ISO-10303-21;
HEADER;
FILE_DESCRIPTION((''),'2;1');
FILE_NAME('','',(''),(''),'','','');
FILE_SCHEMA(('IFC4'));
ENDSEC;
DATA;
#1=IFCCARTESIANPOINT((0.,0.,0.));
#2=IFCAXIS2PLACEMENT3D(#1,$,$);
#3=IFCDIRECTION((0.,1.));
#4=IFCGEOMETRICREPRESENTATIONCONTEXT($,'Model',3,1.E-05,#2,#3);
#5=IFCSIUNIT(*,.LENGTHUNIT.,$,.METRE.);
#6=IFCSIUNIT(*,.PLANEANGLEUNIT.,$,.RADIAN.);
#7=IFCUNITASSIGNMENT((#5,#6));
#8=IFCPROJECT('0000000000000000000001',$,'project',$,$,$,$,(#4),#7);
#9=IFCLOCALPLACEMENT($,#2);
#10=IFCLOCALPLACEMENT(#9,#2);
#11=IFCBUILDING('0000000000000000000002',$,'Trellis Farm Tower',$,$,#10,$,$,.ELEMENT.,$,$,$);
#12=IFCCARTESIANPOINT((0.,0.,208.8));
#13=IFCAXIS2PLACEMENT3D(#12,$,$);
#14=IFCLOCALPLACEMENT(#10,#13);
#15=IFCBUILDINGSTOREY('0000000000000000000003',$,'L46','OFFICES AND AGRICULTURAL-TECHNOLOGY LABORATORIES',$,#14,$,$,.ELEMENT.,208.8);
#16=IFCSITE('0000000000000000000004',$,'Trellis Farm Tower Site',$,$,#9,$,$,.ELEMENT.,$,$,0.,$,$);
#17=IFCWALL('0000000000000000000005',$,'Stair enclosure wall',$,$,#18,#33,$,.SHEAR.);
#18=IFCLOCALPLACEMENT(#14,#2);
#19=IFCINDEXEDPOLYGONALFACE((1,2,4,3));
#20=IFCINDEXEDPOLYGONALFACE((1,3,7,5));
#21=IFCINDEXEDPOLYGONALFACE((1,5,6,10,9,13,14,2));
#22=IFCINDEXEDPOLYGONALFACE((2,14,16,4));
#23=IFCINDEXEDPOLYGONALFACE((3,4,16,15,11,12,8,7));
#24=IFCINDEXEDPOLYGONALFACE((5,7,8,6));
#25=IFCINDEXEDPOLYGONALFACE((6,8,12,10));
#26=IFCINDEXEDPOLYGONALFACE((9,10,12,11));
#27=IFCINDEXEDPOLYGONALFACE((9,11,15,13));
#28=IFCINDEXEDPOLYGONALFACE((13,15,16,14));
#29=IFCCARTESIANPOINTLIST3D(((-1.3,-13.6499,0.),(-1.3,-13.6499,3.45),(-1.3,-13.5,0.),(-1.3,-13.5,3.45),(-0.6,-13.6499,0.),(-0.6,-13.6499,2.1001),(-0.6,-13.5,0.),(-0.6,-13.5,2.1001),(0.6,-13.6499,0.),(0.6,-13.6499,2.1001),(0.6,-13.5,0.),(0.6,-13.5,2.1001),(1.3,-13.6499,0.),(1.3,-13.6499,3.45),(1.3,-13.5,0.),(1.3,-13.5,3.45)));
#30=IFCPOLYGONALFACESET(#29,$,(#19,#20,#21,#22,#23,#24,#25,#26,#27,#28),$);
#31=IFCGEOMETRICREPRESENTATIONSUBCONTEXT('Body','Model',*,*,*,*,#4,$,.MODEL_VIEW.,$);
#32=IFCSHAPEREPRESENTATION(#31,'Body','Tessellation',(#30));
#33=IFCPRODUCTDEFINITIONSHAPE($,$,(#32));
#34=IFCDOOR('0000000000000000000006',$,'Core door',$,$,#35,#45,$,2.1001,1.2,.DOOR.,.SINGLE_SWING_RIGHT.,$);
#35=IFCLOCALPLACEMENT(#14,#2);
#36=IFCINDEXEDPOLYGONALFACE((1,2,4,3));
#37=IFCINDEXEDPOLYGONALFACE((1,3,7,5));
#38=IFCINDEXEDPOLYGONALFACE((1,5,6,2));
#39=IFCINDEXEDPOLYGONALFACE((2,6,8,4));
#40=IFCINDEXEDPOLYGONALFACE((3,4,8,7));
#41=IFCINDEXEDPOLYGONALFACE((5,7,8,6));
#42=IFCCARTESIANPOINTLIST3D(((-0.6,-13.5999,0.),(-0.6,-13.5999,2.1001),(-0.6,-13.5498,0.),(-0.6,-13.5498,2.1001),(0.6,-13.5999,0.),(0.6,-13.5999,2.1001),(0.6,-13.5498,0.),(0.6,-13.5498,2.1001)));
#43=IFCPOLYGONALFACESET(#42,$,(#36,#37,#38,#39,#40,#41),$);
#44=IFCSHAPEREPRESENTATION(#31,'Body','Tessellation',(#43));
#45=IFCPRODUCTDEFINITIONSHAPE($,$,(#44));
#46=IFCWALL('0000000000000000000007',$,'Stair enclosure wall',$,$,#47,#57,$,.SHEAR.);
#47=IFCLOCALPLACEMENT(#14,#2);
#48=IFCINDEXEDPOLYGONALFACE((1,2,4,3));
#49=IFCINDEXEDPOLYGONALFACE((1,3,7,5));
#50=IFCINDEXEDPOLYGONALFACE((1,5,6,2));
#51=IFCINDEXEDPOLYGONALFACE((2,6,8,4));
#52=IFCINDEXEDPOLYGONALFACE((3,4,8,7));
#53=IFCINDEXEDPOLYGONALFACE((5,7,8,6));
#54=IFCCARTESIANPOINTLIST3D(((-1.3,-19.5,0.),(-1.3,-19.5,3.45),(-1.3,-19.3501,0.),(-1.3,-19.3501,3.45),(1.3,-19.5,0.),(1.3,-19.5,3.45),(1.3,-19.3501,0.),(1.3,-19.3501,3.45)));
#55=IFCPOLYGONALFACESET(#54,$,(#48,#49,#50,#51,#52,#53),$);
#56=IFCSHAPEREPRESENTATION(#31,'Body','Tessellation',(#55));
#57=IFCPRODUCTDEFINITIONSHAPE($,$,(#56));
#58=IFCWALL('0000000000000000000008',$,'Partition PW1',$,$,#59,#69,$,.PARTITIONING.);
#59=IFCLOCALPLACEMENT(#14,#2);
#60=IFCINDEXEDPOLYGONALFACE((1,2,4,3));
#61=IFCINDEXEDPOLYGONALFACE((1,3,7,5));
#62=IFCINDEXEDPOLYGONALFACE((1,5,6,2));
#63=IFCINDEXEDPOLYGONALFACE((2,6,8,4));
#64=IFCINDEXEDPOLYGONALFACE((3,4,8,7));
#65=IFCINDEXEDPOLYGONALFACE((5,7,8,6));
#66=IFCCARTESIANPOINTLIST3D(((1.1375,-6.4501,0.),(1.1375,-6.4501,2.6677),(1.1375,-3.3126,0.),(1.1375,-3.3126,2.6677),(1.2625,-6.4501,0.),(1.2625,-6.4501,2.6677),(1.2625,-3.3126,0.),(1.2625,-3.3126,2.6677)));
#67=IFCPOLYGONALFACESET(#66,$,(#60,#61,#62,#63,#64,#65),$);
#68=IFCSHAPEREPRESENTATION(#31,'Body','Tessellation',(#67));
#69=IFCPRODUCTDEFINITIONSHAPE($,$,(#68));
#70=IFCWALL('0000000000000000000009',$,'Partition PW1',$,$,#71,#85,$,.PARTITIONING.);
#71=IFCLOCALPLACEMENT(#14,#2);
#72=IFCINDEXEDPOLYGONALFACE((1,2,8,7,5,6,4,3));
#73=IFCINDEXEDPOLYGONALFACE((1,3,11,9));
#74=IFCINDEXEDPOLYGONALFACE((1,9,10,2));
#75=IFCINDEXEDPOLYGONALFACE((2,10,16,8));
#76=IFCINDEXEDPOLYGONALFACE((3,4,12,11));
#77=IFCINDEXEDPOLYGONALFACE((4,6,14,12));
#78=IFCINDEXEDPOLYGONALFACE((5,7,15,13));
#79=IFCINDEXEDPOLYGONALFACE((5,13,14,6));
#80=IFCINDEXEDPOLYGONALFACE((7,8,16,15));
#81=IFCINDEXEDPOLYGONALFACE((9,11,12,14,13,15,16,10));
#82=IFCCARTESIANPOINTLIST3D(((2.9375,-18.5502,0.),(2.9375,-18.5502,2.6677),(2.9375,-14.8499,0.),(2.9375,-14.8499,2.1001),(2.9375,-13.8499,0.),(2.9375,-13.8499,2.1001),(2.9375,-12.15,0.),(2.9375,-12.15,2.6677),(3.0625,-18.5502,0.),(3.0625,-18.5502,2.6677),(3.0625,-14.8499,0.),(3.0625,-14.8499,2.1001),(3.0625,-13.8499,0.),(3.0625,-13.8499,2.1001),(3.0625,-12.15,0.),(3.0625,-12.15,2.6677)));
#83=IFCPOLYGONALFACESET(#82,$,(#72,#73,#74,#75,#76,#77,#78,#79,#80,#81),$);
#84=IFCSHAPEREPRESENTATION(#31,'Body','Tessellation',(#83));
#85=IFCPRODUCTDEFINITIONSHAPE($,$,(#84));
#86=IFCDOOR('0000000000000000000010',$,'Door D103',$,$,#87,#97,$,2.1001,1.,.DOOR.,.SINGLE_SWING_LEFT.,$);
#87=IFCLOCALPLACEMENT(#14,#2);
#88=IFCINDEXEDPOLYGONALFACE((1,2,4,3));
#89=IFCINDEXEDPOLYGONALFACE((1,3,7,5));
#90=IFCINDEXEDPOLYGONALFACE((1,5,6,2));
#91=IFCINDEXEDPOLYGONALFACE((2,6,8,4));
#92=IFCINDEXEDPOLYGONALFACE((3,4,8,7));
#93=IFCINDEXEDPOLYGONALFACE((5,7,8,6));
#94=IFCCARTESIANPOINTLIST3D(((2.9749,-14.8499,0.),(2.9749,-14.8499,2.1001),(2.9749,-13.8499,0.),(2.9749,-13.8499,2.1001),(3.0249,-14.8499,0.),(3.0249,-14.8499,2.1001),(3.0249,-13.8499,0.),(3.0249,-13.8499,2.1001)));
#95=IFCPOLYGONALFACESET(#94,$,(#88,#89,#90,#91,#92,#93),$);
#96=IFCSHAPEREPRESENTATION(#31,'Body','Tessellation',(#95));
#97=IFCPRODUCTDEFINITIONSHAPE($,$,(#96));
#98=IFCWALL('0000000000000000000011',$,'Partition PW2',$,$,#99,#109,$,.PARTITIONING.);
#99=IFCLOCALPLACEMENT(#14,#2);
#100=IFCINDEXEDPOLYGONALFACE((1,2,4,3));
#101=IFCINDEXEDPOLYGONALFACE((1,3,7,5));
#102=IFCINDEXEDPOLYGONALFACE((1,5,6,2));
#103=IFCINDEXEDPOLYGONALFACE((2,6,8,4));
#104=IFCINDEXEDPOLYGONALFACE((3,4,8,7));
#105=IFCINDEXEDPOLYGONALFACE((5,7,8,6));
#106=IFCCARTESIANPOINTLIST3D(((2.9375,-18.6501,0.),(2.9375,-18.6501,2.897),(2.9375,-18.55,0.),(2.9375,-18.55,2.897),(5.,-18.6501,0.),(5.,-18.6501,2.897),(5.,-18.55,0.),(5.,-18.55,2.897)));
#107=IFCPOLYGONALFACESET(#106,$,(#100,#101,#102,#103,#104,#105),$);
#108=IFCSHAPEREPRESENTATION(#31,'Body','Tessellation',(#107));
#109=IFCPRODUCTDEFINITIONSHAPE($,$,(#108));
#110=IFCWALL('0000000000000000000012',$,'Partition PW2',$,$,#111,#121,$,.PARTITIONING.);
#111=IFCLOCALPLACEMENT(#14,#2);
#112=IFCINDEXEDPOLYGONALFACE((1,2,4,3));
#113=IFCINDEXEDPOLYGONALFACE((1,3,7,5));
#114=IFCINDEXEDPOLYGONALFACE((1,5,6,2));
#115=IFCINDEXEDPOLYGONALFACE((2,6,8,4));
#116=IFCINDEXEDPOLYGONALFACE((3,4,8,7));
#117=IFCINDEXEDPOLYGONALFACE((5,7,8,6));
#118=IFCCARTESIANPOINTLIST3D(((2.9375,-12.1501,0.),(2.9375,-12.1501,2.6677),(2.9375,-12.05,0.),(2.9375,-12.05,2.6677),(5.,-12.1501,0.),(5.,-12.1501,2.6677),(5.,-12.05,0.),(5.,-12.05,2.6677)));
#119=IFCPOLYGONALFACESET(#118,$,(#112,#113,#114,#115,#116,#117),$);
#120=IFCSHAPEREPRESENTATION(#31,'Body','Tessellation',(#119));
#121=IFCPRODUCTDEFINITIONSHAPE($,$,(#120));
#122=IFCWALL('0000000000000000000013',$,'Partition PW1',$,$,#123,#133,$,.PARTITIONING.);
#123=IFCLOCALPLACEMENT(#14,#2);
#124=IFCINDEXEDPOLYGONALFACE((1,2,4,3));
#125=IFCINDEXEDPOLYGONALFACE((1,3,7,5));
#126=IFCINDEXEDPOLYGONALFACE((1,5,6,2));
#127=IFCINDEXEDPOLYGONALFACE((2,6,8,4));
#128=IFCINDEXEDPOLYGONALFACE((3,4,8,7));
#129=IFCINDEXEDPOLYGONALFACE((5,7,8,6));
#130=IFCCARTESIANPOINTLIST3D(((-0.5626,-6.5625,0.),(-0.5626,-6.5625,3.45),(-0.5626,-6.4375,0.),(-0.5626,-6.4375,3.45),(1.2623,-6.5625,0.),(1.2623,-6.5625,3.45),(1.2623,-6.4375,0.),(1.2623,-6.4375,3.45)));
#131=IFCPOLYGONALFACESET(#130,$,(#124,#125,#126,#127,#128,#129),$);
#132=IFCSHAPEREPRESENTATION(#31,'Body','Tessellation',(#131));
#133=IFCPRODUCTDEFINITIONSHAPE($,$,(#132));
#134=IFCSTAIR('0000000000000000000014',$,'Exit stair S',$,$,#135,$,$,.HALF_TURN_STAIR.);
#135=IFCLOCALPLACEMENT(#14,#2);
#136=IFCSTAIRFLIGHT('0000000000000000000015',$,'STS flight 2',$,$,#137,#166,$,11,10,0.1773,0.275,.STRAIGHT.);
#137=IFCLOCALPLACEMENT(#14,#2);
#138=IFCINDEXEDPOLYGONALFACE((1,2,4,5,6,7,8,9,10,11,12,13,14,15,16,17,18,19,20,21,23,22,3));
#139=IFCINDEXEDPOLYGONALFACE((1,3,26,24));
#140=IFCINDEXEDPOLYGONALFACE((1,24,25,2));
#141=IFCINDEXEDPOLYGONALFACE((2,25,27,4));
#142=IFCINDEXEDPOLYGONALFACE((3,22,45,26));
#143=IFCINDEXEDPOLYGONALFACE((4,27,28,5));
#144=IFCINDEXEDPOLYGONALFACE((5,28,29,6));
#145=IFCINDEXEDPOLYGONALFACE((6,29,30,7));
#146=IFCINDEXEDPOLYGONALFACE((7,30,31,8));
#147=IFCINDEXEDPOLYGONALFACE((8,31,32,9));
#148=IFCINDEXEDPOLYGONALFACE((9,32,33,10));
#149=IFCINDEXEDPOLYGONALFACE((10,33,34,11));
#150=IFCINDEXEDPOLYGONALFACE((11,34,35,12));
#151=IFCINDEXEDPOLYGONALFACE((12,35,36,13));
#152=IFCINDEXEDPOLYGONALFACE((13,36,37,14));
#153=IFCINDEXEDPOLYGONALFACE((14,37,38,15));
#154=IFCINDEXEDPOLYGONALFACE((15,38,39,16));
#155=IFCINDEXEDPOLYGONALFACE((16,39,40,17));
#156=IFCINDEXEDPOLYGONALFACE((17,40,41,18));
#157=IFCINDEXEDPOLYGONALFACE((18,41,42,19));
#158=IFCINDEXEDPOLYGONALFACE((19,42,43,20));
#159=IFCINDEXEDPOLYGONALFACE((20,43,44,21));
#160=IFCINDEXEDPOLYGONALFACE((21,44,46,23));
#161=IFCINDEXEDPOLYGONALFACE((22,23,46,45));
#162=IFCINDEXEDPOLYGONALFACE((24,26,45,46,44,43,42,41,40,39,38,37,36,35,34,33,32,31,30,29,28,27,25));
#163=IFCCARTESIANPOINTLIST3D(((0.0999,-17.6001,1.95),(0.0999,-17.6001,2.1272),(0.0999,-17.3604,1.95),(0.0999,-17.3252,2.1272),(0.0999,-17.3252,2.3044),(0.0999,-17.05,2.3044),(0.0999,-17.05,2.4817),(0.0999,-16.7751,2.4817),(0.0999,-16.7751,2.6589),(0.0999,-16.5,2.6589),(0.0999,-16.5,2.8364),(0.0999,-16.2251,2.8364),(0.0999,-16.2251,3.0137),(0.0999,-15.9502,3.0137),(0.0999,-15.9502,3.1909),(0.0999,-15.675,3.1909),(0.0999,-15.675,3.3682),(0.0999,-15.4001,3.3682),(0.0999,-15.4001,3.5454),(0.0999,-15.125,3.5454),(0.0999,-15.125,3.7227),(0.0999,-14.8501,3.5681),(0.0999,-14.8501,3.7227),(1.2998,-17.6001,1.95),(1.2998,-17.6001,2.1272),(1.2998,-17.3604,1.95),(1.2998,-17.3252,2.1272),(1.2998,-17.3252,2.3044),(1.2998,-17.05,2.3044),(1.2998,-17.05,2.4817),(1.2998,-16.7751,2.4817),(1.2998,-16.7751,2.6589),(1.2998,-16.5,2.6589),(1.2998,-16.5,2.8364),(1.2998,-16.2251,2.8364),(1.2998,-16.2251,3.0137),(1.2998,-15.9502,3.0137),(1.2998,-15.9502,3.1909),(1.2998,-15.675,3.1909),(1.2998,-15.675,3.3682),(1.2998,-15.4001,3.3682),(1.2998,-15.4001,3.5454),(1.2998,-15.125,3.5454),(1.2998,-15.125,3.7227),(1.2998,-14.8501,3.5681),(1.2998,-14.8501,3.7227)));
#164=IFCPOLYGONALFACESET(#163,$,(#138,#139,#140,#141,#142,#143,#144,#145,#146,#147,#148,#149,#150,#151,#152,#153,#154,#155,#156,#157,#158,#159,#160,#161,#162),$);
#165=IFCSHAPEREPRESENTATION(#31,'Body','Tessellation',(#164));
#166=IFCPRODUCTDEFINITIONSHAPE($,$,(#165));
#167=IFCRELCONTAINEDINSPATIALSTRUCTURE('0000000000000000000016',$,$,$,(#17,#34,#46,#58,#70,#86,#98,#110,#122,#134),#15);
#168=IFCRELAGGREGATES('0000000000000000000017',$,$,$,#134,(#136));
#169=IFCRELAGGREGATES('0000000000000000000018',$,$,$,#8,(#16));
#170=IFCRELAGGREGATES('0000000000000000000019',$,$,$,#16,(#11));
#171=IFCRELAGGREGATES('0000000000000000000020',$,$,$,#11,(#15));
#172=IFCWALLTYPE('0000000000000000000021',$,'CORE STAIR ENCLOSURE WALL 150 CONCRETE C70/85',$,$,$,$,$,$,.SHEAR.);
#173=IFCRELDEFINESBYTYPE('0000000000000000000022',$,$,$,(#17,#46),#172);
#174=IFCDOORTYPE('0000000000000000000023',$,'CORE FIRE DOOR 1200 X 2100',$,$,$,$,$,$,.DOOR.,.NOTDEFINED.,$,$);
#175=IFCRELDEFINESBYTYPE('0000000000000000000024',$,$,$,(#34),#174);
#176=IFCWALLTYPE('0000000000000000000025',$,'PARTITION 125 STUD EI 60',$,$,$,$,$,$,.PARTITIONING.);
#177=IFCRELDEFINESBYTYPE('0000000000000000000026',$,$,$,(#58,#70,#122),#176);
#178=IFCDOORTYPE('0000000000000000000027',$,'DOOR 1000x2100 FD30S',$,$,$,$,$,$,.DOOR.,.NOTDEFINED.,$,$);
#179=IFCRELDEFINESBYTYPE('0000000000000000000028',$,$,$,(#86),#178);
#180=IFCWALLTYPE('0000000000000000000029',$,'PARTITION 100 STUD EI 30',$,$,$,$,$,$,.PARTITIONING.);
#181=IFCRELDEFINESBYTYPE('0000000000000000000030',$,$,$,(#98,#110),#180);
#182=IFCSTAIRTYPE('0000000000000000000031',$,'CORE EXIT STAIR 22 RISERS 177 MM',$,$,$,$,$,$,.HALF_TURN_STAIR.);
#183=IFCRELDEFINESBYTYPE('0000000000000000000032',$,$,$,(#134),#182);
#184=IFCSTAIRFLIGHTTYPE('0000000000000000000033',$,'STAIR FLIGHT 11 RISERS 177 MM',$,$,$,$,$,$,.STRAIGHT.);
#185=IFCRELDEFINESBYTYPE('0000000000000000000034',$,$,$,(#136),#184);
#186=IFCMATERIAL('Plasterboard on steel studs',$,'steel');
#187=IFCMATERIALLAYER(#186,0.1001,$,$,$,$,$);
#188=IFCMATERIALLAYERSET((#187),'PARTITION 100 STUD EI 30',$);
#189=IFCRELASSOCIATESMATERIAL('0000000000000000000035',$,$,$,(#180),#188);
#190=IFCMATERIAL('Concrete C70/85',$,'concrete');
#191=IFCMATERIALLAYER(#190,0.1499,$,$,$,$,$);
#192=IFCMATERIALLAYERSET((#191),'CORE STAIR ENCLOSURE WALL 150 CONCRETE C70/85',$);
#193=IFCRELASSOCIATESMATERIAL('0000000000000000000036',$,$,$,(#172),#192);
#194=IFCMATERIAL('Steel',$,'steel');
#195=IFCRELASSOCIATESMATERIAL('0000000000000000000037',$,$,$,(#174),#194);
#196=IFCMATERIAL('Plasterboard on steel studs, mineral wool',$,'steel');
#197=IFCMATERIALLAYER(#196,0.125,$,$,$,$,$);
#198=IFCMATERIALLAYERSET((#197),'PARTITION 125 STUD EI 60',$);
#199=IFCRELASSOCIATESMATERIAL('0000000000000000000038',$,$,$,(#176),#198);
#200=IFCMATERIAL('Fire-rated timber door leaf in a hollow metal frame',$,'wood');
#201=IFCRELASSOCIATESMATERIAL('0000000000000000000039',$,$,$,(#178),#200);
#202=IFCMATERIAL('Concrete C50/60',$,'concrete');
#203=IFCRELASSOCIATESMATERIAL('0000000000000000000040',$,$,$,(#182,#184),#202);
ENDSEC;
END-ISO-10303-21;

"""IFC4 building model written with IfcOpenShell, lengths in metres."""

from ifc_helpers import new_model, si_unit, direction, frame, frame_2d, origin, place, context, subcontext, project, spatial, polyline, rectangle, outline, extrude, source, transform, mapped, material, layer, layer_set, type_object, element, fill, aggregate, save


model = new_model("IFC4")

# Units and contexts
model_context = context("Model", 3, precision=1e-05, world=origin(), true_north=direction((0.0, 1.0)))
body_context = subcontext(model_context, "Body", "Model", "MODEL_VIEW")
ifc_project = project(units=[si_unit("LENGTHUNIT", "METRE"), si_unit("PLANEANGLEUNIT", "RADIAN")], contexts=[model_context])

# Site, building, storey
site_placement = place(None, origin())
site = spatial("IfcSite", under=ifc_project, at=site_placement, Name="Trellis Farm Tower Site", CompositionType="ELEMENT", RefElevation=0.0)
building_placement = place(site_placement, origin())
building = spatial("IfcBuilding", under=site, at=building_placement, Name="Trellis Farm Tower", CompositionType="ELEMENT")
storey_placement = place(building_placement, frame((0.0, 0.0, 208.8)))
storey = spatial("IfcBuildingStorey", under=building, at=storey_placement, Name="L46", Description="OFFICES AND AGRICULTURAL-TECHNOLOGY LABORATORIES", CompositionType="ELEMENT", Elevation=208.8)

# Shared definitions
placement_1 = place(storey_placement, origin())

# Shared definitions
ifc_material_1 = material(Name="Plasterboard on steel studs", Category="steel")
ifc_layer_1 = layer(ifc_material_1, 0.1001)
ifc_layer_set_1 = layer_set([ifc_layer_1], Name="PARTITION 100 STUD EI 30")
wall_type_1 = type_object("IfcWallType", Name="PARTITION 100 STUD EI 30", PredefinedType="PARTITIONING", material=ifc_layer_set_1)
ifc_material_2 = material(Name="Concrete C70/85", Category="concrete")

# Wall, opening, door
ifc_layer_2 = layer(ifc_material_2, 0.1499)
ifc_layer_set_2 = layer_set([ifc_layer_2], Name="CORE STAIR ENCLOSURE WALL 150 CONCRETE C70/85")
wall_type_2 = type_object("IfcWallType", Name="CORE STAIR ENCLOSURE WALL 150 CONCRETE C70/85", PredefinedType="SHEAR", material=ifc_layer_set_2)
shared_shape_1 = source(origin(), body_context, "Body", "SweptSolid", [
    extrude(rectangle(XDim=2.6001, YDim=0.1499, at=frame_2d((1.3, 0.0))), origin(), (0.0, 0.0, 1.0), 3.45),
])
wall_1_placement = place(storey_placement, frame((1.3, -13.575, 0.0), z_axis=(0.0, 0.0, 1.0), x_axis=(-1.0, 0.0, 0.0)))
wall_1 = element("IfcWall", 1, at=wall_1_placement, inside=storey, type_object=wall_type_2, Name="Stair enclosure wall", PredefinedType="SHEAR", context=body_context, shape_type="MappedRepresentation", body=[
    mapped(shared_shape_1, transform((0.0, 0.0, 0.0))),
])
shared_shape_2 = source(origin(), body_context, "Body", "SweptSolid", [
    extrude(rectangle(XDim=1.2, YDim=2.1001, at=frame_2d((0.6001, 1.05))), frame((0.0, 0.085, 0.0), z_axis=(0.0, -1.0, 0.0), x_axis=(1.0, 0.0, 0.0)), (0.0, 0.0, 1.0), 0.1699),
])
opening_1_placement = place(wall_1_placement, frame((0.7, 0.0, 0.0)))
opening_1 = element("IfcOpeningElement", 2, at=opening_1_placement, cuts=wall_1, PredefinedType="OPENING", context=body_context, shape_type="MappedRepresentation", body=[
    mapped(shared_shape_2, transform((0.0, 0.0, 0.0))),
])
ifc_material_3 = material(Name="Steel", Category="steel")
door_type_1 = type_object("IfcDoorType", Name="CORE FIRE DOOR 1200 X 2100", OperationType="NOTDEFINED", PredefinedType="DOOR", material=ifc_material_3)
shared_shape_3 = source(origin(), body_context, "Body", "SweptSolid", [
    extrude(rectangle(XDim=1.2, YDim=2.1001, at=frame_2d((0.6001, 1.05))), frame((0.0, 0.0249, 0.0), z_axis=(0.0, -1.0, 0.0), x_axis=(1.0, 0.0, 0.0)), (0.0, 0.0, 1.0), 0.05),
])
door_1_placement = place(opening_1_placement, origin())
door_1 = element("IfcDoor", 3, at=door_1_placement, inside=storey, type_object=door_type_1, Name="Core door", OperationType="SINGLE_SWING_RIGHT", OverallHeight=2.1001, OverallWidth=1.2, PredefinedType="DOOR", context=body_context, shape_type="MappedRepresentation", body=[
    mapped(shared_shape_3, transform((0.0, 0.0, 0.0))),
])
fill(opening_1, door_1)

# Walls
wall_2_placement = place(storey_placement, frame((1.3, -19.425, 0.0), z_axis=(0.0, 0.0, 1.0), x_axis=(-1.0, 0.0, 0.0)))
element("IfcWall", 4, at=wall_2_placement, inside=storey, type_object=wall_type_2, Name="Stair enclosure wall", PredefinedType="SHEAR", context=body_context, shape_type="MappedRepresentation", body=[
    mapped(shared_shape_1, transform((0.0, 0.0, 0.0))),
])
ifc_material_4 = material(Name="Plasterboard on steel studs, mineral wool", Category="steel")
ifc_layer_3 = layer(ifc_material_4, 0.125)
ifc_layer_set_3 = layer_set([ifc_layer_3], Name="PARTITION 125 STUD EI 60")
wall_type_3 = type_object("IfcWallType", Name="PARTITION 125 STUD EI 60", PredefinedType="PARTITIONING", material=ifc_layer_set_3)
shared_shape_4 = source(origin(), body_context, "Body", "SweptSolid", [
    extrude(rectangle(XDim=3.1375, YDim=0.125, at=frame_2d((1.5688, 0.0))), origin(), (0.0, 0.0, 1.0), 2.6677),
])
wall_3_placement = place(storey_placement, frame((1.2, -3.3125, 0.0), z_axis=(0.0, 0.0, 1.0), x_axis=(0.0, -1.0, 0.0)))
element("IfcWall", 5, at=wall_3_placement, inside=storey, type_object=wall_type_3, Name="Partition PW1", PredefinedType="PARTITIONING", context=body_context, shape_type="MappedRepresentation", body=[
    mapped(shared_shape_4, transform((0.0, 0.0, 0.0))),
])

# Wall, opening, door
shared_shape_5 = source(origin(), body_context, "Body", "SweptSolid", [
    extrude(rectangle(XDim=6.4001, YDim=0.125, at=frame_2d((3.2002, 0.0))), origin(), (0.0, 0.0, 1.0), 2.6677),
])
wall_4_placement = place(storey_placement, frame((3.0, -12.1499, 0.0), z_axis=(0.0, 0.0, 1.0), x_axis=(0.0, -1.0, 0.0)))
wall_4 = element("IfcWall", 6, at=wall_4_placement, inside=storey, type_object=wall_type_3, Name="Partition PW1", PredefinedType="PARTITIONING", context=body_context, shape_type="MappedRepresentation", body=[
    mapped(shared_shape_5, transform((0.0, 0.0, 0.0))),
])
shared_shape_6 = source(origin(), body_context, "Body", "SweptSolid", [
    extrude(rectangle(XDim=1.0, YDim=2.1001, at=frame_2d((0.5, 1.05))), frame((0.0, 0.0725, 0.0), z_axis=(0.0, -1.0, 0.0), x_axis=(1.0, 0.0, 0.0)), (0.0, 0.0, 1.0), 0.145),
])
opening_2_placement = place(wall_4_placement, frame((1.7, 0.0, 0.0)))
opening_2 = element("IfcOpeningElement", 7, at=opening_2_placement, cuts=wall_4, PredefinedType="OPENING", context=body_context, shape_type="MappedRepresentation", body=[
    mapped(shared_shape_6, transform((0.0, 0.0, 0.0))),
])
ifc_material_5 = material(Name="Fire-rated timber door leaf in a hollow metal frame", Category="wood")
door_type_2 = type_object("IfcDoorType", Name="DOOR 1000x2100 FD30S", OperationType="NOTDEFINED", PredefinedType="DOOR", material=ifc_material_5)
shared_shape_7 = source(origin(), body_context, "Body", "SweptSolid", [
    extrude(rectangle(XDim=1.0, YDim=2.1001, at=frame_2d((0.5, 1.05))), frame((0.0, 0.0249, 0.0), z_axis=(0.0, -1.0, 0.0), x_axis=(1.0, 0.0, 0.0)), (0.0, 0.0, 1.0), 0.05),
])
door_2_placement = place(opening_2_placement, origin())
door_2 = element("IfcDoor", 8, at=door_2_placement, inside=storey, type_object=door_type_2, Name="Door D103", OperationType="SINGLE_SWING_LEFT", OverallHeight=2.1001, OverallWidth=1.0, PredefinedType="DOOR", context=body_context, shape_type="MappedRepresentation", body=[
    mapped(shared_shape_7, transform((0.0, 0.0, 0.0))),
])
fill(opening_2, door_2)

# Walls
shared_shape_8 = source(origin(), body_context, "Body", "SweptSolid", [
    extrude(rectangle(XDim=2.0625, YDim=0.1001, at=frame_2d((1.0312, 0.0))), origin(), (0.0, 0.0, 1.0), 2.897),
])
wall_5_placement = place(storey_placement, frame((2.9375, -18.6001, 0.0), z_axis=(0.0, 0.0, 1.0), x_axis=(1.0, 0.0, 0.0)))
element("IfcWall", 9, at=wall_5_placement, inside=storey, type_object=wall_type_1, Name="Partition PW2", PredefinedType="PARTITIONING", context=body_context, shape_type="MappedRepresentation", body=[
    mapped(shared_shape_8, transform((0.0, 0.0, 0.0))),
])
shared_shape_9 = source(origin(), body_context, "Body", "SweptSolid", [
    extrude(rectangle(XDim=2.0625, YDim=0.1001, at=frame_2d((1.0312, 0.0))), origin(), (0.0, 0.0, 1.0), 2.6677),
])
wall_6_placement = place(storey_placement, frame((2.9375, -12.1001, 0.0), z_axis=(0.0, 0.0, 1.0), x_axis=(1.0, 0.0, 0.0)))
element("IfcWall", 10, at=wall_6_placement, inside=storey, type_object=wall_type_1, Name="Partition PW2", PredefinedType="PARTITIONING", context=body_context, shape_type="MappedRepresentation", body=[
    mapped(shared_shape_9, transform((0.0, 0.0, 0.0))),
])
shared_shape_10 = source(origin(), body_context, "Body", "SweptSolid", [
    extrude(rectangle(XDim=1.825, YDim=0.125, at=frame_2d((0.9126, 0.0))), origin(), (0.0, 0.0, 1.0), 3.45),
])
wall_7_placement = place(storey_placement, frame((1.2625, -6.5, 0.0), z_axis=(0.0, 0.0, 1.0), x_axis=(-1.0, 0.0, 0.0)))
element("IfcWall", 11, at=wall_7_placement, inside=storey, type_object=wall_type_3, Name="Partition PW1", PredefinedType="PARTITIONING", context=body_context, shape_type="MappedRepresentation", body=[
    mapped(shared_shape_10, transform((0.0, 0.0, 0.0))),
])

# Stair, stair flight
ifc_material_6 = material(Name="Concrete C50/60", Category="concrete")
stair_type = type_object("IfcStairType", Name="CORE EXIT STAIR 22 RISERS 177 MM", PredefinedType="HALF_TURN_STAIR", material=ifc_material_6)
stair = element("IfcStair", 12, at=placement_1, inside=storey, type_object=stair_type, Name="Exit stair S", PredefinedType="HALF_TURN_STAIR")
stair_flight_type = type_object("IfcStairFlightType", Name="STAIR FLIGHT 11 RISERS 177 MM", PredefinedType="STRAIGHT", material=ifc_material_6)
shared_shape_11 = source(origin(), body_context, "Body", "SweptSolid", [
    extrude(outline(polyline([(0.0, 0.0), (0.0, 0.1772), (0.2749, 0.1772), (0.2749, 0.3545), (0.55, 0.3545), (0.55, 0.5317), (0.825, 0.5317), (0.825, 0.709), (1.1001, 0.709), (1.1001, 0.8865), (1.375, 0.8865), (1.375, 1.0637), (1.6499, 1.0637), (1.6499, 1.241), (1.925, 1.241), (1.925, 1.4182), (2.2, 1.4182), (2.2, 1.5955), (2.4751, 1.5955), (2.4751, 1.7727), (2.75, 1.7727), (2.75, 1.95), (2.75, 1.6182), (0.2397, 0.0), (0.0, 0.0)])), frame((0.0, 0.6001, 0.0), z_axis=(0.0, -1.0, 0.0), x_axis=(1.0, 0.0, 0.0)), (0.0, 0.0, 1.0), 1.2),
])
stair_flight_placement = place(storey_placement, frame((0.7, -17.6001, 1.95), z_axis=(0.0, 0.0, 1.0), x_axis=(0.0, 1.0, 0.0)))
stair_flight = element("IfcStairFlight", 13, at=stair_flight_placement, type_object=stair_flight_type, Name="STS flight 2", NumberOfRisers=11, NumberOfTreads=10, PredefinedType="STRAIGHT", RiserHeight=0.1773, TreadLength=0.275, context=body_context, shape_type="MappedRepresentation", body=[
    mapped(shared_shape_11, transform((0.0, 0.0, 0.0))),
])
aggregate(stair, [stair_flight])

save(model, "model.ifc")
